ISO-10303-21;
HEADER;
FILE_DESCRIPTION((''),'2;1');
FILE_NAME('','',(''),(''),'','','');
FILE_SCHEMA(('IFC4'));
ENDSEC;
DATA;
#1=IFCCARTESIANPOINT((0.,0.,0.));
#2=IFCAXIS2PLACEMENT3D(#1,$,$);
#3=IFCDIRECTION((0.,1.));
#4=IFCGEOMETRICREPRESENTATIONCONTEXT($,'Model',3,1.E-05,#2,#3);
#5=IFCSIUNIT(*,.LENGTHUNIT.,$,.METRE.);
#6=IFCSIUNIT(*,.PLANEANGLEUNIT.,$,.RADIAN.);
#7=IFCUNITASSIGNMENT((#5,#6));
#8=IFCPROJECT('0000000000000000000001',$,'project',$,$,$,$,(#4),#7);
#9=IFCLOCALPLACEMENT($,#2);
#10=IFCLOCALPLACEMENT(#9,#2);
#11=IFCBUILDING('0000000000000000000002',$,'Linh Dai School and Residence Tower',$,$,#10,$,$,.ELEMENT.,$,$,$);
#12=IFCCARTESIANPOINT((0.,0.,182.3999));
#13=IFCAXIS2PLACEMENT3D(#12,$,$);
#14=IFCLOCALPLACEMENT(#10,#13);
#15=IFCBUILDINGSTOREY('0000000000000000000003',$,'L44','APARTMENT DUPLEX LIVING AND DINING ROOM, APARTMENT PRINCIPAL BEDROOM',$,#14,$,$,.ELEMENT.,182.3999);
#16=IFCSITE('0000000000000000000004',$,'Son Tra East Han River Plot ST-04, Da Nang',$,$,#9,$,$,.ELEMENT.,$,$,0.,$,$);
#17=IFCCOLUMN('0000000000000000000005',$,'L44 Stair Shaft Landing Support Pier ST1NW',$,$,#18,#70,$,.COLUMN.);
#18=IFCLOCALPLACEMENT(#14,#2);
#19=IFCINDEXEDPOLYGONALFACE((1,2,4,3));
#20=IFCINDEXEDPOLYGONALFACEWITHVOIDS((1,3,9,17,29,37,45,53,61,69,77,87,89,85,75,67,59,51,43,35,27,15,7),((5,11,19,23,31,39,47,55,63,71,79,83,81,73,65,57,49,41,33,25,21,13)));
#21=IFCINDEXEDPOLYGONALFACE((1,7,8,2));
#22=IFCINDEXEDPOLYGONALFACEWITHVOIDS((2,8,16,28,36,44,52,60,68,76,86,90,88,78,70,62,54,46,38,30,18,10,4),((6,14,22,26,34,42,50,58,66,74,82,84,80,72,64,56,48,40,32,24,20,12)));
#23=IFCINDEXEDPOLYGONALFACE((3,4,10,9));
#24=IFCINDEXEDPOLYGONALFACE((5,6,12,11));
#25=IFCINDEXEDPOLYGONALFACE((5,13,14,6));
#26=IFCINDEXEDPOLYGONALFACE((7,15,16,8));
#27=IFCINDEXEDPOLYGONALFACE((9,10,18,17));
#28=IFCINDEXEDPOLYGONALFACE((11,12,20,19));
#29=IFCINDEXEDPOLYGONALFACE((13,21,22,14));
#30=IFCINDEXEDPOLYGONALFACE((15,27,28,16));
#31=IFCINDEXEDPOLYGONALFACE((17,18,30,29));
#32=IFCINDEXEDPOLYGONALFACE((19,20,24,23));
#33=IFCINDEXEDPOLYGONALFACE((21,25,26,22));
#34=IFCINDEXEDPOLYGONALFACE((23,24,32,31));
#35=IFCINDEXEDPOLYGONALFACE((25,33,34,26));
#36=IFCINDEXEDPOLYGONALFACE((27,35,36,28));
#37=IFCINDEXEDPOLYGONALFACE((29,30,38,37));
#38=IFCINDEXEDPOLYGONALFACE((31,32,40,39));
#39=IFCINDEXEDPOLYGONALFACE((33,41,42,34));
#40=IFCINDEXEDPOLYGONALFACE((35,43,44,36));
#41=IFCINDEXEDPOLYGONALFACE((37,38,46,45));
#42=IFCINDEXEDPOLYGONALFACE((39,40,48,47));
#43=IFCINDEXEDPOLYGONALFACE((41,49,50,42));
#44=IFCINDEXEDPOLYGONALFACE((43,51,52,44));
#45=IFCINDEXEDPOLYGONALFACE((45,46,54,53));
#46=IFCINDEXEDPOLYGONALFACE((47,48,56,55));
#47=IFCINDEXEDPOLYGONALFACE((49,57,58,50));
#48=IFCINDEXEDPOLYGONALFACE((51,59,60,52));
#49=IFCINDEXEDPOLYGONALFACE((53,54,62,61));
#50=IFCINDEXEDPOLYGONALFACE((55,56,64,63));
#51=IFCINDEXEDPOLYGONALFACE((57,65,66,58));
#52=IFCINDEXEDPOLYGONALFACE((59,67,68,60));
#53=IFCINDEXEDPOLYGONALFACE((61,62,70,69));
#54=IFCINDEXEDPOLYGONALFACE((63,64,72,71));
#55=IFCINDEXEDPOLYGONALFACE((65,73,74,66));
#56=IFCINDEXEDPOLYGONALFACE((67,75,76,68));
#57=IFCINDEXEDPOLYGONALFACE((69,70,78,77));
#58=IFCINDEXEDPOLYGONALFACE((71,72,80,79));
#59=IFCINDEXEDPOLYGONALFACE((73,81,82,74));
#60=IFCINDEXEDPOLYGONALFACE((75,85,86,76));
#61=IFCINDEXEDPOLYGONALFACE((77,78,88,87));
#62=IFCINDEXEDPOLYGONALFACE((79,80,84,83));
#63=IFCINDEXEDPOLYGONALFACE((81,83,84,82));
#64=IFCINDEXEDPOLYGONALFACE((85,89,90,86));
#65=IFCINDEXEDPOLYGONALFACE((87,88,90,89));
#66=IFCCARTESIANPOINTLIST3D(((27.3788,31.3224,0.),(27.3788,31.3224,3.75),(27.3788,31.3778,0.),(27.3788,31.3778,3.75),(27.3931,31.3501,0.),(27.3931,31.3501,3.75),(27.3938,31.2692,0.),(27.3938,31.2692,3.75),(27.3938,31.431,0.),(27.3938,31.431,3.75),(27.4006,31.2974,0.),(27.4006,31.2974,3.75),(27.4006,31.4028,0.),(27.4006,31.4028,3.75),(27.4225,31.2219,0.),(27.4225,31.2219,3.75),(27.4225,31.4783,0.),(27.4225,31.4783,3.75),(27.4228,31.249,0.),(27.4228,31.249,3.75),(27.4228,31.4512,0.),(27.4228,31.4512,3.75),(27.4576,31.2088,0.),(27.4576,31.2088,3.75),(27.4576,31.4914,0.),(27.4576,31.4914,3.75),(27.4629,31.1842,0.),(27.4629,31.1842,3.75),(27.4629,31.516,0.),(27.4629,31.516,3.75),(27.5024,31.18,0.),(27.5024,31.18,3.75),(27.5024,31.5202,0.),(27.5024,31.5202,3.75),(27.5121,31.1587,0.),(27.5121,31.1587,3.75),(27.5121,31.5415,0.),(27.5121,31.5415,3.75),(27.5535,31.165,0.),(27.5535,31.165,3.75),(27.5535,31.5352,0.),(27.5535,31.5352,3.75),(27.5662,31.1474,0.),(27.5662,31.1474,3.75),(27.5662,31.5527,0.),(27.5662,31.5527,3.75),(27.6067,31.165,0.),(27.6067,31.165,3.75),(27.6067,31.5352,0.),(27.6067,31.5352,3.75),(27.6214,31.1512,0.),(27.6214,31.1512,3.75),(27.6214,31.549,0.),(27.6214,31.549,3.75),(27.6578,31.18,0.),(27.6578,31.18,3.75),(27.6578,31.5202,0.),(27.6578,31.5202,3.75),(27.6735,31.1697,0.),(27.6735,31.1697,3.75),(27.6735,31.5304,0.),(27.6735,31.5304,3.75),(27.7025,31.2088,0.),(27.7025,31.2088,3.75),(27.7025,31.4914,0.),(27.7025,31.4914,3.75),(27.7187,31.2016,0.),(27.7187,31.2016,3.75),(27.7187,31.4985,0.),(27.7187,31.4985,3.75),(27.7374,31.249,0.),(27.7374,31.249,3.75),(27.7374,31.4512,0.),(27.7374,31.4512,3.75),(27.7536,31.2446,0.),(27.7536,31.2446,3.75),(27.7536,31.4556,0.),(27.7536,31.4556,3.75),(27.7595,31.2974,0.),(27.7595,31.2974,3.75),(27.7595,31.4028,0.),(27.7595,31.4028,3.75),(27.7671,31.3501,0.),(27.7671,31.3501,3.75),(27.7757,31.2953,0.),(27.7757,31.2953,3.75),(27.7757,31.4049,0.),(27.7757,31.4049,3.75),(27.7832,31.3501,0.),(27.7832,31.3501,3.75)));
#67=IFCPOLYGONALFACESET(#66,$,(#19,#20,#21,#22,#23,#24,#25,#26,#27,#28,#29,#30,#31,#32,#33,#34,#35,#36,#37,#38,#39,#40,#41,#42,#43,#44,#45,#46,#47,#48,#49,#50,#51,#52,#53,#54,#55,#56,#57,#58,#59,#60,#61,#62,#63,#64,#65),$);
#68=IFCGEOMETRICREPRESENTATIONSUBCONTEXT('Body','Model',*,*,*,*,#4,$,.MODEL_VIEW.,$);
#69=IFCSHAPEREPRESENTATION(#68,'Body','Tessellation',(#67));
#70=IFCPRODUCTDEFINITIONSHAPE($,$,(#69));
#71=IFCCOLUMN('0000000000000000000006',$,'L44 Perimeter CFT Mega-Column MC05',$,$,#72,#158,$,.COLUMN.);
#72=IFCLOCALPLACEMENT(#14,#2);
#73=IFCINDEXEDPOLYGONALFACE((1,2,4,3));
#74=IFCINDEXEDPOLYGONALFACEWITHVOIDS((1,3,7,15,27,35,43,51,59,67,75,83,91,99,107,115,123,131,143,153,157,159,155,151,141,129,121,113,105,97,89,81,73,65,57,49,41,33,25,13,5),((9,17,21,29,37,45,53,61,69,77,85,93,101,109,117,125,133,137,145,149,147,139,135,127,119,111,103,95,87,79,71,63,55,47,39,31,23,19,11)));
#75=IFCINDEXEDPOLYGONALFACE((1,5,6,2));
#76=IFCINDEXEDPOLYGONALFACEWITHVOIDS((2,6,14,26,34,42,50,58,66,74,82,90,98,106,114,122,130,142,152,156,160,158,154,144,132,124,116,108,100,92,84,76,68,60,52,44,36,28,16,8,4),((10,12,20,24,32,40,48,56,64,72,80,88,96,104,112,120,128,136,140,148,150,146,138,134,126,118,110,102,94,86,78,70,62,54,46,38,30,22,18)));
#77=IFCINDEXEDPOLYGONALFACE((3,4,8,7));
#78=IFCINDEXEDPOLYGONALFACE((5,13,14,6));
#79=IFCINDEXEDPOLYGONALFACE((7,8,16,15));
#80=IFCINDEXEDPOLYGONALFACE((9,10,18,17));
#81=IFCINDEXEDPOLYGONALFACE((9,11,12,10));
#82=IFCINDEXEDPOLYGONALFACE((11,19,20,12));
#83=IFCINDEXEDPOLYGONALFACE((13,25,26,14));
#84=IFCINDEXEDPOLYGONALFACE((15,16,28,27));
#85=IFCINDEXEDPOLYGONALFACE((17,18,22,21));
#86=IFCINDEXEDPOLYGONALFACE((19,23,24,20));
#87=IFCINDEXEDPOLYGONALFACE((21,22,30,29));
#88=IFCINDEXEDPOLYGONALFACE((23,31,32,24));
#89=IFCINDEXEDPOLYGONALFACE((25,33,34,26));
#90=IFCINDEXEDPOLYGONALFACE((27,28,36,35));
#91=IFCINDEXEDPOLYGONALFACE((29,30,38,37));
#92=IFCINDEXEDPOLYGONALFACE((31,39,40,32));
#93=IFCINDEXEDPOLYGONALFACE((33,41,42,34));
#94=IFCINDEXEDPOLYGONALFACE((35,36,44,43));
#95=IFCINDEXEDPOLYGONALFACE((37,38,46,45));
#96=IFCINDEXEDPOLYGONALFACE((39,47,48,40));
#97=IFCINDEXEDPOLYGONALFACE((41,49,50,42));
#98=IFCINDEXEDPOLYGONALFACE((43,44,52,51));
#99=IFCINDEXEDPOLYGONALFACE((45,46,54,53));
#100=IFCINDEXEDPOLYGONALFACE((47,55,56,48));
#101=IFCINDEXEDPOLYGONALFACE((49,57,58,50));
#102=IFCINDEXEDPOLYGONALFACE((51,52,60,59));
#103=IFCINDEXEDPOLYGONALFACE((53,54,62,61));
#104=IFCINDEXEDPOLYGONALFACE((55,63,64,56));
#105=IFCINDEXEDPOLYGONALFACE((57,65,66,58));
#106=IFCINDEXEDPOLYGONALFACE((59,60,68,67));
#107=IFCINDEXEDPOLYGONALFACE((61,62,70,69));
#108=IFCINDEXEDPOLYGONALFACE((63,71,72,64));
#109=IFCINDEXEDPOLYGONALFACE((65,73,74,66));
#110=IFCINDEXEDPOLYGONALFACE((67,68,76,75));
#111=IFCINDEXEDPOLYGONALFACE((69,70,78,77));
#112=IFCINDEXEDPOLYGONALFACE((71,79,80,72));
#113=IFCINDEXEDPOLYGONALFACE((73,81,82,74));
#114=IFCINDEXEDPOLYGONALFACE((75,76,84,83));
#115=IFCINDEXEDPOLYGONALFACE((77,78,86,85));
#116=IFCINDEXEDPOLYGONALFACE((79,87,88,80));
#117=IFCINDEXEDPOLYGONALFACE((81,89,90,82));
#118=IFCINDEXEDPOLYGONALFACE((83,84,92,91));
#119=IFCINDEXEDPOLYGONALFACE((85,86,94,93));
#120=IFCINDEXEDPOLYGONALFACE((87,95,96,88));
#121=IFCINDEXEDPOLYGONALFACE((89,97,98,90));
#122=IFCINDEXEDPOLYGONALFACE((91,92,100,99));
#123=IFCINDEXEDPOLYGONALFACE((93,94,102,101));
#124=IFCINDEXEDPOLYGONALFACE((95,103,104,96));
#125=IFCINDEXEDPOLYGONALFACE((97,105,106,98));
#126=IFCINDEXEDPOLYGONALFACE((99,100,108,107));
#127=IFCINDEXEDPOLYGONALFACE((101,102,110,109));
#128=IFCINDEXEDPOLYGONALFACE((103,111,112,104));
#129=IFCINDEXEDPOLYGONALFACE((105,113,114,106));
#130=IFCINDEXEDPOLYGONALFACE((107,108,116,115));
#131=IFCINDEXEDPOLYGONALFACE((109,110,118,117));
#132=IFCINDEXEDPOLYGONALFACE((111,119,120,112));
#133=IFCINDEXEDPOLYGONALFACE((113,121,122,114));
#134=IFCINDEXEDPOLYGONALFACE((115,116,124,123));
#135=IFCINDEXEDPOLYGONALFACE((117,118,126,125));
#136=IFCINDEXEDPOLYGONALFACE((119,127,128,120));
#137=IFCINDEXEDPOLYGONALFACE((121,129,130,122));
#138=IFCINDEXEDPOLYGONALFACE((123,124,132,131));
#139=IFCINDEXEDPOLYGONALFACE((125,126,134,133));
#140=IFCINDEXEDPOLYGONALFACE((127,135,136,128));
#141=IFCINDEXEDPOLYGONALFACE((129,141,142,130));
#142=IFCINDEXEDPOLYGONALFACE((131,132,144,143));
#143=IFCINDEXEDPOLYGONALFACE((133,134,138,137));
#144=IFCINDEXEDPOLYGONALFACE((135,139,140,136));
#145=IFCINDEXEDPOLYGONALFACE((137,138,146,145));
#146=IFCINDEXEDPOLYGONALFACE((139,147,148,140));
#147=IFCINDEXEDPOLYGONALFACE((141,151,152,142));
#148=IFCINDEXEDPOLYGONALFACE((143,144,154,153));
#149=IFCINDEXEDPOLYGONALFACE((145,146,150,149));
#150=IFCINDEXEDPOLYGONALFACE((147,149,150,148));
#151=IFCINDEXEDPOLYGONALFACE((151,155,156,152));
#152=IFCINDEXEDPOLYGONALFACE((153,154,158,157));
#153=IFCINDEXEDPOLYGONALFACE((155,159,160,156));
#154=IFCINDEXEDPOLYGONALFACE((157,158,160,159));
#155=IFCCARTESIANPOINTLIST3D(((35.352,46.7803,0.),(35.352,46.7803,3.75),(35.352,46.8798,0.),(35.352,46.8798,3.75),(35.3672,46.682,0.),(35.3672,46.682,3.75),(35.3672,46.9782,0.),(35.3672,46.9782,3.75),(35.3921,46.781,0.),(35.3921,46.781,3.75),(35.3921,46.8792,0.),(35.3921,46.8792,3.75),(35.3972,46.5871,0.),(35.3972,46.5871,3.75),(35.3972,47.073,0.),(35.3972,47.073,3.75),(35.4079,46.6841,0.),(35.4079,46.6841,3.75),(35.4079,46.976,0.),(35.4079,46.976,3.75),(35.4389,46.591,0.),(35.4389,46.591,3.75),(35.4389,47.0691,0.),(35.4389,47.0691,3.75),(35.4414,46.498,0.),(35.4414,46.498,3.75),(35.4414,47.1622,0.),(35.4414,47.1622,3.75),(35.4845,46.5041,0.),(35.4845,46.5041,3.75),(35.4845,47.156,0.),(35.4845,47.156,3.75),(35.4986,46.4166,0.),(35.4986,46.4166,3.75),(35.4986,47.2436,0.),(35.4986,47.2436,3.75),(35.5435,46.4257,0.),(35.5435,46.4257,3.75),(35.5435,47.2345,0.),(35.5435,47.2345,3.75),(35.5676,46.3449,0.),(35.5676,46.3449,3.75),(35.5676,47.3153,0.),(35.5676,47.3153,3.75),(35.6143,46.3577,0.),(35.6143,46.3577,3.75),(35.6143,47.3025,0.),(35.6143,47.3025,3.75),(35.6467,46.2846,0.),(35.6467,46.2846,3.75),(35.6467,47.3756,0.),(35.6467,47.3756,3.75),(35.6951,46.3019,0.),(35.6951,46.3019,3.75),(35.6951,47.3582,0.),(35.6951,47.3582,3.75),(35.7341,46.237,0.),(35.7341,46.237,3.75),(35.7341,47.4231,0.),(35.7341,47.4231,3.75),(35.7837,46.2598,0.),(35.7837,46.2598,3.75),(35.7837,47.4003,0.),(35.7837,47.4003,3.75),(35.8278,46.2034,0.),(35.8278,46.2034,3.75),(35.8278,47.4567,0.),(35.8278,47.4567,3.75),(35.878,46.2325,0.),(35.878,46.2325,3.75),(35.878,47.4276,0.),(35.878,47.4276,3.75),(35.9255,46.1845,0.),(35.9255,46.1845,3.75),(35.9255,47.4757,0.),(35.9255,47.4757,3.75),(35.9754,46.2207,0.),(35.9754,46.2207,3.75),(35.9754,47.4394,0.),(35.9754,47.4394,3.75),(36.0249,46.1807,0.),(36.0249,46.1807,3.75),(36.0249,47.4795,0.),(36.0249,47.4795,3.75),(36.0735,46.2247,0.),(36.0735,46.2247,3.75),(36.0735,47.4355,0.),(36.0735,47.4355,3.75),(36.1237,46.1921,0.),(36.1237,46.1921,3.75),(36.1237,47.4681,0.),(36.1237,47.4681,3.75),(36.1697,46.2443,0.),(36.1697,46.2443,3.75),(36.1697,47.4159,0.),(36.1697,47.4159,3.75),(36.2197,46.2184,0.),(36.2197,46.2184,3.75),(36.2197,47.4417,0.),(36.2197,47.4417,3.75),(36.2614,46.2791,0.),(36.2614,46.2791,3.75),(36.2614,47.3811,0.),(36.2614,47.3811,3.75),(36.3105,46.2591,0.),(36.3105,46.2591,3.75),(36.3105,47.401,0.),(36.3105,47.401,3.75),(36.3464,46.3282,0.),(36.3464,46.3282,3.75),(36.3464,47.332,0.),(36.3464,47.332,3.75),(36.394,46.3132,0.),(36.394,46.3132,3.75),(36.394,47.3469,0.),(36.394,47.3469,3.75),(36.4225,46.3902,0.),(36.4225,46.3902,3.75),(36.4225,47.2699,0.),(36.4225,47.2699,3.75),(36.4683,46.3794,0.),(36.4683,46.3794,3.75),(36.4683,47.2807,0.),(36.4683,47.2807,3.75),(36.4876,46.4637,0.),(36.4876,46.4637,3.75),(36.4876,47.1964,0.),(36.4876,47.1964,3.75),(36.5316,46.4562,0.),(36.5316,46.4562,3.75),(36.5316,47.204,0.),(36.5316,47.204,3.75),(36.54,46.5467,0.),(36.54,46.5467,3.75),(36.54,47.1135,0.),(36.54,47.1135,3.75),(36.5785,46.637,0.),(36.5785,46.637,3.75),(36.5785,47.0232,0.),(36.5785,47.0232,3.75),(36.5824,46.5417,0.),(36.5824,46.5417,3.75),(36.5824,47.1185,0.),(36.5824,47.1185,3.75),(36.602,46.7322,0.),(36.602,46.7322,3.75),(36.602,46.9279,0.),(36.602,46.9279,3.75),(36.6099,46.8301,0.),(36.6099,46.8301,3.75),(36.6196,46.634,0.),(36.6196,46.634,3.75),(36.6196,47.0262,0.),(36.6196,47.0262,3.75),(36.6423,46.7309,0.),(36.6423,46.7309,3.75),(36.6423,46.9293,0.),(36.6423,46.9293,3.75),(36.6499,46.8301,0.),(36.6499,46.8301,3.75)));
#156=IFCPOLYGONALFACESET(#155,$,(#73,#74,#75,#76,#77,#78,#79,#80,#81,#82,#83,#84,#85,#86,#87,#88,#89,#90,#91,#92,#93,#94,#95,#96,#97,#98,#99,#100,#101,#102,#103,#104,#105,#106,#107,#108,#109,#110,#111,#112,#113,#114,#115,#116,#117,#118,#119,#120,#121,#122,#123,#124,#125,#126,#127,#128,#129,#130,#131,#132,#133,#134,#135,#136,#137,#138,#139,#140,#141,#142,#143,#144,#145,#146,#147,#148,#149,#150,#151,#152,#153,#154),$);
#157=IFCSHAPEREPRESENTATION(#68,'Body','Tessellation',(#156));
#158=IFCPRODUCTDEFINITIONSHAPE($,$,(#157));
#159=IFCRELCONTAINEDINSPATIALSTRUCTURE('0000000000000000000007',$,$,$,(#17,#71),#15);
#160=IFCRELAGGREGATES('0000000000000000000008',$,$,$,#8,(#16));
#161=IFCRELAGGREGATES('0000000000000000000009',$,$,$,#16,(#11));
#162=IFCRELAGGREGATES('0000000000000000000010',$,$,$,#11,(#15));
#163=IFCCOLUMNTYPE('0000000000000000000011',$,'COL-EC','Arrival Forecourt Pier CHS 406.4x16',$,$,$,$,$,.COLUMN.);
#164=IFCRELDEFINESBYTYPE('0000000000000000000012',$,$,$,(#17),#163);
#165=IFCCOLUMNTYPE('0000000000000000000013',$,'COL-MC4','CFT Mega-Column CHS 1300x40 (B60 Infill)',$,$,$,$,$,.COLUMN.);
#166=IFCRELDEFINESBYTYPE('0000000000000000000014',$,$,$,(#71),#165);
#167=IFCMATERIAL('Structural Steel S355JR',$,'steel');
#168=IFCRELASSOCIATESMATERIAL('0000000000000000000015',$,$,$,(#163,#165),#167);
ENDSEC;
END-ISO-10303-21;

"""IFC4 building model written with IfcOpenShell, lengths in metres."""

from ifc_helpers import new_model, si_unit, direction, frame, origin, origin_2d, place, context, subcontext, project, spatial, hollow_circle, extrude, material, material_profile, profile_set, type_object, element, save


model = new_model("IFC4")

# Units and contexts
model_context = context("Model", 3, precision=1e-05, world=origin(), true_north=direction((0.0, 1.0)))
body_context = subcontext(model_context, "Body", "Model", "MODEL_VIEW")
ifc_project = project(units=[si_unit("LENGTHUNIT", "METRE"), si_unit("PLANEANGLEUNIT", "RADIAN")], contexts=[model_context])

# Site, building, storey
site_placement = place(None, origin())
site = spatial("IfcSite", under=ifc_project, at=site_placement, Name="Son Tra East Han River Plot ST-04, Da Nang", CompositionType="ELEMENT", RefElevation=0.0)
building_placement = place(site_placement, origin())
building = spatial("IfcBuilding", under=site, at=building_placement, Name="Linh Dai School and Residence Tower", CompositionType="ELEMENT")
storey_placement = place(building_placement, frame((0.0, 0.0, 182.3999)))
storey = spatial("IfcBuildingStorey", under=building, at=storey_placement, Name="L44", Description="APARTMENT DUPLEX LIVING AND DINING ROOM, APARTMENT PRINCIPAL BEDROOM", CompositionType="ELEMENT", Elevation=182.3999)

# Columns
ifc_material_1 = material(Name="Structural Steel S355JR", Category="steel")
ifc_material_profile_1 = material_profile(ifc_material_1, hollow_circle(Radius=0.2031, WallThickness=0.0161, at=origin_2d()), Name="CHS 406.4x16")
ifc_profile_set_1 = profile_set([ifc_material_profile_1], Name="Structural Steel S355JR")
column_type_1 = type_object("IfcColumnType", Name="COL-EC", Description="Arrival Forecourt Pier CHS 406.4x16", PredefinedType="COLUMN", material=ifc_profile_set_1)
column_1_placement = place(storey_placement, frame((27.5801, 31.3501, 0.0), z_axis=(0.0, 0.0, 1.0), x_axis=(1.0, 0.0, 0.0)))
element("IfcColumn", 1, at=column_1_placement, inside=storey, type_object=column_type_1, Name="L44 Stair Shaft Landing Support Pier ST1NW", PredefinedType="COLUMN", context=body_context, shape_type="SweptSolid", body=[
    extrude(hollow_circle(Radius=0.2031, WallThickness=0.0161, at=origin_2d()), origin(), (0.0, 0.0, 1.0), 3.75),
])
ifc_material_profile_2 = material_profile(ifc_material_1, hollow_circle(Radius=0.6499, WallThickness=0.04, at=origin_2d()), Name="CHS 1300x40")
ifc_profile_set_2 = profile_set([ifc_material_profile_2], Name="Structural Steel S355JR")
column_type_2 = type_object("IfcColumnType", Name="COL-MC4", Description="CFT Mega-Column CHS 1300x40 (B60 Infill)", PredefinedType="COLUMN", material=ifc_profile_set_2)
for number, where, z_axis, x_axis, name in (
    (2, (36.0, 46.8301, 0.0), (0.0, 0.0, 1.0), (1.0, 0.0, 0.0), "L44 Perimeter CFT Mega-Column MC05"),
):
    element("IfcColumn", number, at=place(storey_placement, frame(where, z_axis=z_axis, x_axis=x_axis)), inside=storey, type_object=column_type_2, Name=name, PredefinedType="COLUMN", context=body_context, shape_type="SweptSolid", body=[
        extrude(hollow_circle(Radius=0.6499, WallThickness=0.04, at=origin_2d()), origin(), (0.0, 0.0, 1.0), 3.75),
    ])

save(model, "model.ifc")
